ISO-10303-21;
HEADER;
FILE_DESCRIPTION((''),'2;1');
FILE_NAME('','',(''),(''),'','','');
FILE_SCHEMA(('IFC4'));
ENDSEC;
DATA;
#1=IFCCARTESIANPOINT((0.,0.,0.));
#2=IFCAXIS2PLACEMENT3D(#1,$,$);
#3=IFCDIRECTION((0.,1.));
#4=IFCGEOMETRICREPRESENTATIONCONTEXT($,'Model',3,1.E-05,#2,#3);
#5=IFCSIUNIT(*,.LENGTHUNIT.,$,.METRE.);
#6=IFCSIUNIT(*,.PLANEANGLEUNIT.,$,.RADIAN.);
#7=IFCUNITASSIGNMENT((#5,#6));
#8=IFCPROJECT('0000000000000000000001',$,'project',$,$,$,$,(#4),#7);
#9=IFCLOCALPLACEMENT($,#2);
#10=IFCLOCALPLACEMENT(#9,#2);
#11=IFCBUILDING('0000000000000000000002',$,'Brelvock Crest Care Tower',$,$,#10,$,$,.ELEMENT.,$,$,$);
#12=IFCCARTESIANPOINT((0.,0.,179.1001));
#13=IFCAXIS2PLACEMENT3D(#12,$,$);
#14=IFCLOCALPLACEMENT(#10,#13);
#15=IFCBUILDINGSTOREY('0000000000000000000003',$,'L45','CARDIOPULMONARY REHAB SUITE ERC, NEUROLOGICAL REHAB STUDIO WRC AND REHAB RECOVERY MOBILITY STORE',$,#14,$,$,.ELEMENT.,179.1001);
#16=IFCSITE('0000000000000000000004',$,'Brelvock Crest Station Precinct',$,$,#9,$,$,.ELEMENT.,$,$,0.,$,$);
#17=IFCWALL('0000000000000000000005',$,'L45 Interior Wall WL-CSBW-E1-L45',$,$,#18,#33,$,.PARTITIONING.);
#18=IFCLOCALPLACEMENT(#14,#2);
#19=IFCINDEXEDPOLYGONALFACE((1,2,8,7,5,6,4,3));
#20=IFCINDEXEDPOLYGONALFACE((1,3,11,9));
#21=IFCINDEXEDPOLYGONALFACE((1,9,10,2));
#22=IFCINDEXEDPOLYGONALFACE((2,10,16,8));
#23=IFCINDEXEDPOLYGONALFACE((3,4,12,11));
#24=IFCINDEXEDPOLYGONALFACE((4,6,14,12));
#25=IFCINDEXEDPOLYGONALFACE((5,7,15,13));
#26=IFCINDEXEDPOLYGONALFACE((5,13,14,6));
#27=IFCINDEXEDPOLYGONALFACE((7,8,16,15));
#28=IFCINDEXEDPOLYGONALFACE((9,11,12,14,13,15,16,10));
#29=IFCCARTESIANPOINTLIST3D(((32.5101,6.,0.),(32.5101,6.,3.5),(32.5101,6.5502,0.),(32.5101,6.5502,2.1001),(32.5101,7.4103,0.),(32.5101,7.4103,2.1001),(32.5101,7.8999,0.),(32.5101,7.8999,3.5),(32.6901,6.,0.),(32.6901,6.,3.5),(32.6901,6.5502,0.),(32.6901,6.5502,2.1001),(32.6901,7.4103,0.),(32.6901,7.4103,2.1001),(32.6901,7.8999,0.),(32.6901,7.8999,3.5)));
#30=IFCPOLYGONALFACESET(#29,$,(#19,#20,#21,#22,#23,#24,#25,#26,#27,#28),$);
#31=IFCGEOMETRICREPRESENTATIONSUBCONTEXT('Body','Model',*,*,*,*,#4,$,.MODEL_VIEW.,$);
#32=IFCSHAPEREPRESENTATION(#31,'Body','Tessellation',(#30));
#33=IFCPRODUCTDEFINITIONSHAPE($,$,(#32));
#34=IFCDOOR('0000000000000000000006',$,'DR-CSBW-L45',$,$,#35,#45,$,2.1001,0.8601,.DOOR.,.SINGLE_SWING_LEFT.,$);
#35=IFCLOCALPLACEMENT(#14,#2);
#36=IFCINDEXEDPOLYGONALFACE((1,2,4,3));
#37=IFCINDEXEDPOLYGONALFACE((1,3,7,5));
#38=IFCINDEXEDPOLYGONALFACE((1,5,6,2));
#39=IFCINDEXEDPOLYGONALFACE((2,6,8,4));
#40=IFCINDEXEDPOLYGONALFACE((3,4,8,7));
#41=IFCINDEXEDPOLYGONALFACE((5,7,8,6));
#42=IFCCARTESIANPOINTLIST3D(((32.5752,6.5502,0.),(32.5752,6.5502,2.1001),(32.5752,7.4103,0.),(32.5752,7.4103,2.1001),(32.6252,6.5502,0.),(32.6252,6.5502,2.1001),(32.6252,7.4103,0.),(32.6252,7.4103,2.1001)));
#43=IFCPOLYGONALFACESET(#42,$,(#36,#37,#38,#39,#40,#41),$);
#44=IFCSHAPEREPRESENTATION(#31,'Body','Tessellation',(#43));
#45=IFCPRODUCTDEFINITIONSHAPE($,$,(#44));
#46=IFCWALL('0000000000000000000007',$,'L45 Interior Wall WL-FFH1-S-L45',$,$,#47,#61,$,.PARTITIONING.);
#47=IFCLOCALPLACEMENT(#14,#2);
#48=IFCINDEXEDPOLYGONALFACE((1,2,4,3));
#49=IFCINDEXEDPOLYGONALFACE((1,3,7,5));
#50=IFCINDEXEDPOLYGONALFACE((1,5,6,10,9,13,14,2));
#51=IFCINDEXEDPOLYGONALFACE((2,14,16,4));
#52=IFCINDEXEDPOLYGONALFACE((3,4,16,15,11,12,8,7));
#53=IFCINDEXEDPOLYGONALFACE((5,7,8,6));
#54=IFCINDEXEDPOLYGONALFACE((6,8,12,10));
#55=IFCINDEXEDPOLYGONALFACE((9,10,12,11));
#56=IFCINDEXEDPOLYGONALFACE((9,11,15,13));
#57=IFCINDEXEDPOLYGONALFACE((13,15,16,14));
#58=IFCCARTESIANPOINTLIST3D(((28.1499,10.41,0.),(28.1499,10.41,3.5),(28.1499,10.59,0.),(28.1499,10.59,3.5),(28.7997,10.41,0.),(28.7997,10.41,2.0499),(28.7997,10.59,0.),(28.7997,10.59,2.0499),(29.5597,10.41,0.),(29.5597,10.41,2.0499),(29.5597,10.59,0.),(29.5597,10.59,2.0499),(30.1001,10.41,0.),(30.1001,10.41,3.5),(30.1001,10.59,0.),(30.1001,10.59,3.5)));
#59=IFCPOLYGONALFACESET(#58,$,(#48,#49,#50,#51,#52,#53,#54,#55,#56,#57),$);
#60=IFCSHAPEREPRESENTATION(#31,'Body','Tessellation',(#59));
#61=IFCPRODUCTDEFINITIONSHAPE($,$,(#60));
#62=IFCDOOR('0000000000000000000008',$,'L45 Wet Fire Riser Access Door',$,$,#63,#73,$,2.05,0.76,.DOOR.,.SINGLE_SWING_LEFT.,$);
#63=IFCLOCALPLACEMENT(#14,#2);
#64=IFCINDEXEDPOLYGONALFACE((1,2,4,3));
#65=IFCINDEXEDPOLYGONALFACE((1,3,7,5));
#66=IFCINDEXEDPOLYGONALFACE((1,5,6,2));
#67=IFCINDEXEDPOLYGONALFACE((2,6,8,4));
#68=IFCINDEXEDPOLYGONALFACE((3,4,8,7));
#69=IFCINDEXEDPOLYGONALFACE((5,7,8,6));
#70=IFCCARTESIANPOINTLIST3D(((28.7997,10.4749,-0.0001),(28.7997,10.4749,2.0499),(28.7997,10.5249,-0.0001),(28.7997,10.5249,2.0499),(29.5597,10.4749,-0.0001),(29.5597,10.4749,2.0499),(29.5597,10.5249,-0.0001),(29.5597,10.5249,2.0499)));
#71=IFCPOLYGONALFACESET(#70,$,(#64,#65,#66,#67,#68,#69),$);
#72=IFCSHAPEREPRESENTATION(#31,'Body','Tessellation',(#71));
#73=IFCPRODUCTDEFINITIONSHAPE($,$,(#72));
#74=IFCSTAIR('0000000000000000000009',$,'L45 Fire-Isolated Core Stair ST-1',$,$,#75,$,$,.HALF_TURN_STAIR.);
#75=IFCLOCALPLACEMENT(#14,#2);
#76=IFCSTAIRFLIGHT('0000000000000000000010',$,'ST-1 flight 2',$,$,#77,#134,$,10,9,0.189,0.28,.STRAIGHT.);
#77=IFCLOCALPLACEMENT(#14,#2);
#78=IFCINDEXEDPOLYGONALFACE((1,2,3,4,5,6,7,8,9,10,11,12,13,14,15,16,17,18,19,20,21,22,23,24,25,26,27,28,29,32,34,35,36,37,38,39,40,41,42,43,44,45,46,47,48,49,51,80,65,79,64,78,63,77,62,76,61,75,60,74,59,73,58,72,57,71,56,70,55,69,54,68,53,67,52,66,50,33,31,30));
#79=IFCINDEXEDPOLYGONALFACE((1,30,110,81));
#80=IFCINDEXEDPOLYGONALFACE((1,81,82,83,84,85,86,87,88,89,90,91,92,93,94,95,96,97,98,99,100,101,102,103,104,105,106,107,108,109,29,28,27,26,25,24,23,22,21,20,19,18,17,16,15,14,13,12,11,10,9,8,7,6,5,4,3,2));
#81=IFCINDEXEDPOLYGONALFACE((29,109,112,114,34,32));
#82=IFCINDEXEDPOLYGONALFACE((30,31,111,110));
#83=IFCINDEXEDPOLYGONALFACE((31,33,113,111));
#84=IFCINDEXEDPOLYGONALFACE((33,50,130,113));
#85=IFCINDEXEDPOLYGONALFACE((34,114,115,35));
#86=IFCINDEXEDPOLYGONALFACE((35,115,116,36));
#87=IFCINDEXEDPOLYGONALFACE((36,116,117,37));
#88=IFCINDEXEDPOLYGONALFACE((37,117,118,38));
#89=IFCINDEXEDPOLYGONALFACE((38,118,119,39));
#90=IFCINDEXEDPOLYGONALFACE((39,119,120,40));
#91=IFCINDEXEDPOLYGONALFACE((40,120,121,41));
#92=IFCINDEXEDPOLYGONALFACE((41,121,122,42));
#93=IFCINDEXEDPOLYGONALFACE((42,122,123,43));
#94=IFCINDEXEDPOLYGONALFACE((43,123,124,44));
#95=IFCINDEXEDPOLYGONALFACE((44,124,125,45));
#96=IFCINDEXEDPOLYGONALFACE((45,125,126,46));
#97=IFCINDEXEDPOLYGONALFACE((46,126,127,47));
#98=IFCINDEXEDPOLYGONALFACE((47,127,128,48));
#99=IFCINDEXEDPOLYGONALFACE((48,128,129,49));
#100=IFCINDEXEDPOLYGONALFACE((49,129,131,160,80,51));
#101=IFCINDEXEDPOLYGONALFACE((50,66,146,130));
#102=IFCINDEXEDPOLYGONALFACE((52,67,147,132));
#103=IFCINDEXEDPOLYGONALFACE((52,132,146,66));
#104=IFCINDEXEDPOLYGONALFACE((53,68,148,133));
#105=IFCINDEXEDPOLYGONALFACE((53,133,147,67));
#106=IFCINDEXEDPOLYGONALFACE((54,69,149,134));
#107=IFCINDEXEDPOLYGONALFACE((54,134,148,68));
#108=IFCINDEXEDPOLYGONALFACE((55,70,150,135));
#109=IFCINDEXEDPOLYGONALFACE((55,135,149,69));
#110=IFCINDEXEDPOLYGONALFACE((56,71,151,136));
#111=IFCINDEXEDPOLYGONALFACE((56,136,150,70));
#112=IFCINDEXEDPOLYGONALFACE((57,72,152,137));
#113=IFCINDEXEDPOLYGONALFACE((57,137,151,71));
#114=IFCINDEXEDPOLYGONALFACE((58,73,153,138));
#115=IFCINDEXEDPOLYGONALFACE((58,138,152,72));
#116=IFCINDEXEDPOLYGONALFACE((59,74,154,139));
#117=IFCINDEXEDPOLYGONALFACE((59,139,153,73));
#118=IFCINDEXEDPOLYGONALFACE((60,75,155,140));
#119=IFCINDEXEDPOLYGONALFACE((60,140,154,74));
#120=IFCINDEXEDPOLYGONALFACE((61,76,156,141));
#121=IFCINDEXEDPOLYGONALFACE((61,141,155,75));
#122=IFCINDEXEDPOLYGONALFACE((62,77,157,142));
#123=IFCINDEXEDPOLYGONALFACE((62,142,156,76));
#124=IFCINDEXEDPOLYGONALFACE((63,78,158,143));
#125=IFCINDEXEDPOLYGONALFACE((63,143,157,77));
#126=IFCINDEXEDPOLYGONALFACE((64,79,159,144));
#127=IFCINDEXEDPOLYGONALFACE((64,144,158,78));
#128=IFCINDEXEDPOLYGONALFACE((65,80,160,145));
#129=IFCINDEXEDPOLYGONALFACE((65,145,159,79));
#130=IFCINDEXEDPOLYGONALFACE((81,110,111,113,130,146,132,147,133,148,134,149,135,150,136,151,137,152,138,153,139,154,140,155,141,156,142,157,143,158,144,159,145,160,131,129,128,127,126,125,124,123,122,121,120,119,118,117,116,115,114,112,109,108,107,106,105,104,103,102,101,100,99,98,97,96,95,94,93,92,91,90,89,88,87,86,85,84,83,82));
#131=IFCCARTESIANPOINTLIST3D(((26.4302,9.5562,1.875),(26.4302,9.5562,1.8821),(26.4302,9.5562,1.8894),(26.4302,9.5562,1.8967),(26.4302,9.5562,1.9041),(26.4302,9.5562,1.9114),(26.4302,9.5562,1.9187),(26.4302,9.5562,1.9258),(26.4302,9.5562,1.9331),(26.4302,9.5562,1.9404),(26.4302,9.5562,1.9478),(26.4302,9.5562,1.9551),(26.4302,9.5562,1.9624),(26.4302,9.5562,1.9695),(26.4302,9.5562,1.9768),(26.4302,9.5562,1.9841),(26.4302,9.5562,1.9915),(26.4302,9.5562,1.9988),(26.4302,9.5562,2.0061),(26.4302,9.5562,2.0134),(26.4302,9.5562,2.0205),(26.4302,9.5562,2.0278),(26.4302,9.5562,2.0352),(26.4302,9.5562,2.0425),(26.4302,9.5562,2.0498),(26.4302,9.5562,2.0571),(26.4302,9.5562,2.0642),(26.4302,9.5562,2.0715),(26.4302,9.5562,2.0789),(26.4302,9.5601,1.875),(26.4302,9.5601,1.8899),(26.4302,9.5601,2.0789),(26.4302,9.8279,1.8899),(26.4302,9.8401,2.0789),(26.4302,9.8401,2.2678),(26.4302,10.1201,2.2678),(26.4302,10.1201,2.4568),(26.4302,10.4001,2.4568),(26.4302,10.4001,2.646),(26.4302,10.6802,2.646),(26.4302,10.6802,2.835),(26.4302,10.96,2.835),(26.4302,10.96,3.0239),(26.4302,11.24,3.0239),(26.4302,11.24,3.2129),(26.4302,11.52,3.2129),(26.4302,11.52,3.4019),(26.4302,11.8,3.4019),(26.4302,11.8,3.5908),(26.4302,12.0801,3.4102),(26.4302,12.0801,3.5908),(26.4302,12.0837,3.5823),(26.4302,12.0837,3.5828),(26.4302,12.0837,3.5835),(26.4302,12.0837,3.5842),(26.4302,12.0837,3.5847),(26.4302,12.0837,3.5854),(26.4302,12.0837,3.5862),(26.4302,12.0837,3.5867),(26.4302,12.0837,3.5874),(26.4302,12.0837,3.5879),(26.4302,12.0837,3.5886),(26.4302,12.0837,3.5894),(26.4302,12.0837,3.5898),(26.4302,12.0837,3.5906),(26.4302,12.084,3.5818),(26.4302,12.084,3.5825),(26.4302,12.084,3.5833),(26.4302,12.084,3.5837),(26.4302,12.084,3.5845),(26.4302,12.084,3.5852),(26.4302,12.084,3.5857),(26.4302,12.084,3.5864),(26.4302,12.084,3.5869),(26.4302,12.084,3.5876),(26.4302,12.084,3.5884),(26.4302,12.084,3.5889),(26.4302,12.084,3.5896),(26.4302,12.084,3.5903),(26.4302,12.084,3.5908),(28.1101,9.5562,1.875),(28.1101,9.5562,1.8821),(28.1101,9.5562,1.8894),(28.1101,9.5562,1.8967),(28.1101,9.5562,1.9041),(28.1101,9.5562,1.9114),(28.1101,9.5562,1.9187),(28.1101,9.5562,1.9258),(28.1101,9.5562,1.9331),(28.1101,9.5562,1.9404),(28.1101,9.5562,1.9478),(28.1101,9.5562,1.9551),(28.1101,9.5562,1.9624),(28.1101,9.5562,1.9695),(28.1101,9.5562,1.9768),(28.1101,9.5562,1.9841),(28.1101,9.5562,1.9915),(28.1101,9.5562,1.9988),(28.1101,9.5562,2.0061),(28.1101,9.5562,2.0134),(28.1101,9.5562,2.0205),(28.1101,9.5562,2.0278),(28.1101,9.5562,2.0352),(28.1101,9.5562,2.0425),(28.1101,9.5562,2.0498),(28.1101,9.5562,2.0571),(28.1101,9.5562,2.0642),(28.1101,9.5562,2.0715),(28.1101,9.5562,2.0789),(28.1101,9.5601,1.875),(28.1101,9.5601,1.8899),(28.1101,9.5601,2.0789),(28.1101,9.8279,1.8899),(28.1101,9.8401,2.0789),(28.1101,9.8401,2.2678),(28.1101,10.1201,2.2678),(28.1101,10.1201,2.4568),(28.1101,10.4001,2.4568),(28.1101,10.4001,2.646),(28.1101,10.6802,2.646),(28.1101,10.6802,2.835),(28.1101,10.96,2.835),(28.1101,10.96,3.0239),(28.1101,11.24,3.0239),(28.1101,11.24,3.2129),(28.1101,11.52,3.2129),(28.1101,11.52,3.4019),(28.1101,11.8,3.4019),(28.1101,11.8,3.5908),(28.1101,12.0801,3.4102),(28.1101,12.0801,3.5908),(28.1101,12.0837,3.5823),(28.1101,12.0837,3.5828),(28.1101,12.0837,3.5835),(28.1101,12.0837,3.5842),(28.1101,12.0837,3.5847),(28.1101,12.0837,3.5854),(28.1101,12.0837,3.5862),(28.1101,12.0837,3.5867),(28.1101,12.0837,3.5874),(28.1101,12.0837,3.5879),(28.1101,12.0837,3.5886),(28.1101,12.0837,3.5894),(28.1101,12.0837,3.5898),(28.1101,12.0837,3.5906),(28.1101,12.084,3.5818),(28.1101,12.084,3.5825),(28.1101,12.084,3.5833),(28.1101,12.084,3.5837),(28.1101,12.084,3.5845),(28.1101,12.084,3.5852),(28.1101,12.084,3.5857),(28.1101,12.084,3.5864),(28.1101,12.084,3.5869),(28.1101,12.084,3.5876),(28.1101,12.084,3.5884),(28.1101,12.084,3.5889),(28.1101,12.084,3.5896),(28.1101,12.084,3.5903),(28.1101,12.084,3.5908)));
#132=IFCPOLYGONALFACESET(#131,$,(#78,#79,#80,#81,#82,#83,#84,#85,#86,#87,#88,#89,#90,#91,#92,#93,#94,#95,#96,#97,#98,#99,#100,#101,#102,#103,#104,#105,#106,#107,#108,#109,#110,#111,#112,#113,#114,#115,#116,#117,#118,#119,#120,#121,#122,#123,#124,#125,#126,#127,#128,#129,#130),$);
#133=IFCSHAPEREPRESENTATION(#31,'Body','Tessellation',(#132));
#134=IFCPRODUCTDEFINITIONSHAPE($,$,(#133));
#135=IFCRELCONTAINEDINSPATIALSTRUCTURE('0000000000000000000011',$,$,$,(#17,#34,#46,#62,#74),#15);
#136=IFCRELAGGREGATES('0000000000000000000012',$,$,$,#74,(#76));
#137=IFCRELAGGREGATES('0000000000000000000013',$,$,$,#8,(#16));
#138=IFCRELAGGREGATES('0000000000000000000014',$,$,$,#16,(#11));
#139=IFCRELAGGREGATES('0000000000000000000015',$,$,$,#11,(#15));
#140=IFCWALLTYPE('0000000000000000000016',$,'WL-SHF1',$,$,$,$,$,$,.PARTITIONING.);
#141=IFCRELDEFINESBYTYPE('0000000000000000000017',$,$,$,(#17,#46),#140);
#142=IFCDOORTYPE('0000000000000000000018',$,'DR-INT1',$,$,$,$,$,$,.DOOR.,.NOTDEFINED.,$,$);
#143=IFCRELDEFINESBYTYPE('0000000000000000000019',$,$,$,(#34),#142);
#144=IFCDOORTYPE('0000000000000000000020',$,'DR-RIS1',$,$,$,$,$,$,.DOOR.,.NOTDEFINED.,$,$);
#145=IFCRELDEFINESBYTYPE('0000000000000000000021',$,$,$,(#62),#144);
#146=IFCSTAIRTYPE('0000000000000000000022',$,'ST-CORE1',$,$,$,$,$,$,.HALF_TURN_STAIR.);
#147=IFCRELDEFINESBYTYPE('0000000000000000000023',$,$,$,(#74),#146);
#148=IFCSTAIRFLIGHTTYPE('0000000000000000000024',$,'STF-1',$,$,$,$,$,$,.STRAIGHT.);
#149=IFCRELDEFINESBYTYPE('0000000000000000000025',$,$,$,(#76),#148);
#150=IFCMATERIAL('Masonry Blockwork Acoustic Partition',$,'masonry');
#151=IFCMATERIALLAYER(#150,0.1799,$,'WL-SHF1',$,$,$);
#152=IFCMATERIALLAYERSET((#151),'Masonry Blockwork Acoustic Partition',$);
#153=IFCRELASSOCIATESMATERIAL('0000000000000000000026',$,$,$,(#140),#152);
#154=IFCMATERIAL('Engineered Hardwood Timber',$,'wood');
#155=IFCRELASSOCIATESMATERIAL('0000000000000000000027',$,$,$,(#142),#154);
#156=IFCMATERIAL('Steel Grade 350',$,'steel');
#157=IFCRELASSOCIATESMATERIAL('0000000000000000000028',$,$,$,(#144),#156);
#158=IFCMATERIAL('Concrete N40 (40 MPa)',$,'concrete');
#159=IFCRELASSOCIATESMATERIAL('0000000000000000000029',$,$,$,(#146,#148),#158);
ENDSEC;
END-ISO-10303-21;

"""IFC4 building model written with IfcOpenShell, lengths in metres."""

from ifc_helpers import new_model, si_unit, direction, frame, frame_2d, origin, origin_2d, place, context, subcontext, project, spatial, polyline, rectangle, outline, extrude, source, transform, mapped, material, layer, layer_set, type_object, element, fill, aggregate, save


model = new_model("IFC4")

# Units and contexts
model_context = context("Model", 3, precision=1e-05, world=origin(), true_north=direction((0.0, 1.0)))
body_context = subcontext(model_context, "Body", "Model", "MODEL_VIEW")
ifc_project = project(units=[si_unit("LENGTHUNIT", "METRE"), si_unit("PLANEANGLEUNIT", "RADIAN")], contexts=[model_context])

# Site, building, storey
site_placement = place(None, origin())
site = spatial("IfcSite", under=ifc_project, at=site_placement, Name="Brelvock Crest Station Precinct", CompositionType="ELEMENT", RefElevation=0.0)
building_placement = place(site_placement, origin())
building = spatial("IfcBuilding", under=site, at=building_placement, Name="Brelvock Crest Care Tower", CompositionType="ELEMENT")
storey_placement = place(building_placement, frame((0.0, 0.0, 179.1001)))
storey = spatial("IfcBuildingStorey", under=building, at=storey_placement, Name="L45", Description="CARDIOPULMONARY REHAB SUITE ERC, NEUROLOGICAL REHAB STUDIO WRC AND REHAB RECOVERY MOBILITY STORE", CompositionType="ELEMENT", Elevation=179.1001)

# Shared definitions
ifc_material_1 = material(Name="Steel Grade 350", Category="steel")

# Shared definitions
ifc_material_2 = material(Name="Masonry Blockwork Acoustic Partition", Category="masonry")

# Shared definitions
ifc_layer_1 = layer(ifc_material_2, 0.1799, Name="WL-SHF1")
ifc_layer_set_1 = layer_set([ifc_layer_1], Name="Masonry Blockwork Acoustic Partition")
wall_type_1 = type_object("IfcWallType", Name="WL-SHF1", PredefinedType="PARTITIONING", material=ifc_layer_set_1)

# Walls, openings, doors
wall_1_placement = place(storey_placement, frame((32.6001, 6.0, 0.0), z_axis=(0.0, 0.0, 1.0), x_axis=(0.0, 1.0, 0.0)))
wall_1 = element("IfcWall", 1, at=wall_1_placement, inside=storey, type_object=wall_type_1, Name="L45 Interior Wall WL-CSBW-E1-L45", PredefinedType="PARTITIONING", context=body_context, shape_type="SweptSolid", body=[
    extrude(rectangle(XDim=1.8999, YDim=0.1799, at=frame_2d((0.95, 0.0))), origin(), (0.0, 0.0, 1.0), 3.5),
])
opening_1_placement = place(wall_1_placement, frame((0.55, 0.0, 0.0)))
opening_1 = element("IfcOpeningElement", 2, at=opening_1_placement, cuts=wall_1, PredefinedType="OPENING", context=body_context, shape_type="SweptSolid", body=[
    extrude(rectangle(XDim=0.8601, YDim=2.1001, at=origin_2d()), frame((0.4302, 0.1001, 1.05), z_axis=(0.0, -1.0, 0.0), x_axis=(1.0, 0.0, 0.0)), (0.0, 0.0, 1.0), 0.2),
])
ifc_material_3 = material(Name="Engineered Hardwood Timber", Category="wood")
door_type_1 = type_object("IfcDoorType", Name="DR-INT1", OperationType="NOTDEFINED", PredefinedType="DOOR", material=ifc_material_3)
shared_shape_1 = source(origin(), body_context, "Body", "SweptSolid", [
    extrude(rectangle(XDim=0.8601, YDim=2.1001, at=origin_2d()), frame((0.4302, 0.0249, 1.05), z_axis=(0.0, -1.0, 0.0), x_axis=(1.0, 0.0, 0.0)), (0.0, 0.0, 1.0), 0.05),
])
door_1_placement = place(opening_1_placement, origin())
door_1 = element("IfcDoor", 3, at=door_1_placement, inside=storey, type_object=door_type_1, Name="DR-CSBW-L45", OperationType="SINGLE_SWING_LEFT", OverallHeight=2.1001, OverallWidth=0.8601, PredefinedType="DOOR", context=body_context, shape_type="MappedRepresentation", body=[
    mapped(shared_shape_1, transform((0.0, 0.0, 0.0), x_axis=(1.0, 0.0, 0.0), y_axis=(0.0, 1.0, 0.0), z_axis=(0.0, 0.0, 1.0), scale=1.0)),
])
fill(opening_1, door_1)
wall_2_placement = place(storey_placement, frame((28.1499, 10.5, 0.0), z_axis=(0.0, 0.0, 1.0), x_axis=(1.0, 0.0, 0.0)))
wall_2 = element("IfcWall", 4, at=wall_2_placement, inside=storey, type_object=wall_type_1, Name="L45 Interior Wall WL-FFH1-S-L45", PredefinedType="PARTITIONING", context=body_context, shape_type="SweptSolid", body=[
    extrude(rectangle(XDim=1.9502, YDim=0.1799, at=frame_2d((0.9751, 0.0))), origin(), (0.0, 0.0, 1.0), 3.5),
])
opening_2_placement = place(wall_2_placement, frame((0.6499, 0.0, 0.0)))
opening_2 = element("IfcOpeningElement", 5, at=opening_2_placement, cuts=wall_2, PredefinedType="OPENING", context=body_context, shape_type="SweptSolid", body=[
    extrude(rectangle(XDim=0.76, YDim=2.05, at=origin_2d()), frame((0.3799, 0.1001, 1.0249), z_axis=(0.0, -1.0, 0.0), x_axis=(1.0, 0.0, 0.0)), (0.0, 0.0, 1.0), 0.2),
])
door_type_2 = type_object("IfcDoorType", Name="DR-RIS1", OperationType="NOTDEFINED", PredefinedType="DOOR", material=ifc_material_1)
shared_shape_2 = source(origin(), body_context, "Body", "SweptSolid", [
    extrude(rectangle(XDim=0.76, YDim=2.05, at=origin_2d()), frame((0.3799, 0.0249, 1.0249), z_axis=(0.0, -1.0, 0.0), x_axis=(1.0, 0.0, 0.0)), (0.0, 0.0, 1.0), 0.05),
])
door_2_placement = place(opening_2_placement, origin())
door_2 = element("IfcDoor", 6, at=door_2_placement, inside=storey, type_object=door_type_2, Name="L45 Wet Fire Riser Access Door", OperationType="SINGLE_SWING_LEFT", OverallHeight=2.05, OverallWidth=0.76, PredefinedType="DOOR", context=body_context, shape_type="MappedRepresentation", body=[
    mapped(shared_shape_2, transform((0.0, 0.0, 0.0), x_axis=(1.0, 0.0, 0.0), y_axis=(0.0, 1.0, 0.0), z_axis=(0.0, 0.0, 1.0), scale=1.0)),
])
fill(opening_2, door_2)

# Stair, stair flight
ifc_material_4 = material(Name="Concrete N40 (40 MPa)", Category="concrete")
stair_type = type_object("IfcStairType", Name="ST-CORE1", PredefinedType="HALF_TURN_STAIR", material=ifc_material_4)
stair_placement = place(storey_placement, origin())
stair = element("IfcStair", 7, at=stair_placement, inside=storey, type_object=stair_type, Name="L45 Fire-Isolated Core Stair ST-1", PredefinedType="HALF_TURN_STAIR")
stair_flight_type = type_object("IfcStairFlightType", Name="STF-1", PredefinedType="STRAIGHT", material=ifc_material_4)
stair_flight_placement = place(storey_placement, frame((27.27, 9.5601, 1.8899), z_axis=(0.0, 0.0, 1.0), x_axis=(0.0, 1.0, 0.0)))
stair_flight = element("IfcStairFlight", 8, at=stair_flight_placement, type_object=stair_flight_type, Name="ST-1 flight 2", NumberOfRisers=10, NumberOfTreads=9, PredefinedType="STRAIGHT", RiserHeight=0.189, TreadLength=0.28, context=body_context, shape_type="SweptSolid", body=[
    extrude(outline(polyline([(-0.0039, -0.0149), (-0.0039, -0.0078), (-0.0039, -0.0005), (-0.0039, 0.0068), (-0.0039, 0.0142), (-0.0039, 0.0215), (-0.0039, 0.0288), (-0.0039, 0.0359), (-0.0039, 0.0432), (-0.0039, 0.0505), (-0.0039, 0.0579), (-0.0039, 0.0652), (-0.0039, 0.0725), (-0.0039, 0.0796), (-0.0039, 0.0869), (-0.0039, 0.0942), (-0.0039, 0.1016), (-0.0039, 0.1089), (-0.0039, 0.1162), (-0.0039, 0.1235), (-0.0039, 0.1306), (-0.0039, 0.1379), (-0.0039, 0.1453), (-0.0039, 0.1526), (-0.0039, 0.1599), (-0.0039, 0.1672), (-0.0039, 0.1743), (-0.0039, 0.1816), (-0.0039, 0.189), (0.0, 0.189), (0.28, 0.189), (0.28, 0.3779), (0.5601, 0.3779), (0.5601, 0.5669), (0.8401, 0.5669), (0.8401, 0.7561), (1.1201, 0.7561), (1.1201, 0.9451), (1.3999, 0.9451), (1.3999, 1.134), (1.6799, 1.134), (1.6799, 1.323), (1.96, 1.323), (1.96, 1.512), (2.24, 1.512), (2.24, 1.7009), (2.52, 1.7009), (2.5239, 1.7009), (2.5237, 1.7007), (2.5239, 1.7004), (2.5237, 1.7), (2.5239, 1.6997), (2.5237, 1.6995), (2.5239, 1.699), (2.5237, 1.6987), (2.5239, 1.6985), (2.5237, 1.698), (2.5239, 1.6978), (2.5237, 1.6975), (2.5239, 1.697), (2.5237, 1.6968), (2.5239, 1.6965), (2.5237, 1.6963), (2.5239, 1.6958), (2.5237, 1.6956), (2.5239, 1.6953), (2.5237, 1.6948), (2.5239, 1.6946), (2.5237, 1.6943), (2.5239, 1.6938), (2.5237, 1.6936), (2.5239, 1.6934), (2.5237, 1.6929), (2.5239, 1.6926), (2.5237, 1.6924), (2.5239, 1.6919), (2.52, 1.5203), (0.2678, 0.0), (0.0, 0.0), (0.0, -0.0149), (-0.0039, -0.0149)])), frame((0.0, 0.8398, 0.0), z_axis=(0.0, -1.0, 0.0), x_axis=(1.0, 0.0, 0.0)), (0.0, 0.0, 1.0), 1.6799),
])
aggregate(stair, [stair_flight])

save(model, "model.ifc")
